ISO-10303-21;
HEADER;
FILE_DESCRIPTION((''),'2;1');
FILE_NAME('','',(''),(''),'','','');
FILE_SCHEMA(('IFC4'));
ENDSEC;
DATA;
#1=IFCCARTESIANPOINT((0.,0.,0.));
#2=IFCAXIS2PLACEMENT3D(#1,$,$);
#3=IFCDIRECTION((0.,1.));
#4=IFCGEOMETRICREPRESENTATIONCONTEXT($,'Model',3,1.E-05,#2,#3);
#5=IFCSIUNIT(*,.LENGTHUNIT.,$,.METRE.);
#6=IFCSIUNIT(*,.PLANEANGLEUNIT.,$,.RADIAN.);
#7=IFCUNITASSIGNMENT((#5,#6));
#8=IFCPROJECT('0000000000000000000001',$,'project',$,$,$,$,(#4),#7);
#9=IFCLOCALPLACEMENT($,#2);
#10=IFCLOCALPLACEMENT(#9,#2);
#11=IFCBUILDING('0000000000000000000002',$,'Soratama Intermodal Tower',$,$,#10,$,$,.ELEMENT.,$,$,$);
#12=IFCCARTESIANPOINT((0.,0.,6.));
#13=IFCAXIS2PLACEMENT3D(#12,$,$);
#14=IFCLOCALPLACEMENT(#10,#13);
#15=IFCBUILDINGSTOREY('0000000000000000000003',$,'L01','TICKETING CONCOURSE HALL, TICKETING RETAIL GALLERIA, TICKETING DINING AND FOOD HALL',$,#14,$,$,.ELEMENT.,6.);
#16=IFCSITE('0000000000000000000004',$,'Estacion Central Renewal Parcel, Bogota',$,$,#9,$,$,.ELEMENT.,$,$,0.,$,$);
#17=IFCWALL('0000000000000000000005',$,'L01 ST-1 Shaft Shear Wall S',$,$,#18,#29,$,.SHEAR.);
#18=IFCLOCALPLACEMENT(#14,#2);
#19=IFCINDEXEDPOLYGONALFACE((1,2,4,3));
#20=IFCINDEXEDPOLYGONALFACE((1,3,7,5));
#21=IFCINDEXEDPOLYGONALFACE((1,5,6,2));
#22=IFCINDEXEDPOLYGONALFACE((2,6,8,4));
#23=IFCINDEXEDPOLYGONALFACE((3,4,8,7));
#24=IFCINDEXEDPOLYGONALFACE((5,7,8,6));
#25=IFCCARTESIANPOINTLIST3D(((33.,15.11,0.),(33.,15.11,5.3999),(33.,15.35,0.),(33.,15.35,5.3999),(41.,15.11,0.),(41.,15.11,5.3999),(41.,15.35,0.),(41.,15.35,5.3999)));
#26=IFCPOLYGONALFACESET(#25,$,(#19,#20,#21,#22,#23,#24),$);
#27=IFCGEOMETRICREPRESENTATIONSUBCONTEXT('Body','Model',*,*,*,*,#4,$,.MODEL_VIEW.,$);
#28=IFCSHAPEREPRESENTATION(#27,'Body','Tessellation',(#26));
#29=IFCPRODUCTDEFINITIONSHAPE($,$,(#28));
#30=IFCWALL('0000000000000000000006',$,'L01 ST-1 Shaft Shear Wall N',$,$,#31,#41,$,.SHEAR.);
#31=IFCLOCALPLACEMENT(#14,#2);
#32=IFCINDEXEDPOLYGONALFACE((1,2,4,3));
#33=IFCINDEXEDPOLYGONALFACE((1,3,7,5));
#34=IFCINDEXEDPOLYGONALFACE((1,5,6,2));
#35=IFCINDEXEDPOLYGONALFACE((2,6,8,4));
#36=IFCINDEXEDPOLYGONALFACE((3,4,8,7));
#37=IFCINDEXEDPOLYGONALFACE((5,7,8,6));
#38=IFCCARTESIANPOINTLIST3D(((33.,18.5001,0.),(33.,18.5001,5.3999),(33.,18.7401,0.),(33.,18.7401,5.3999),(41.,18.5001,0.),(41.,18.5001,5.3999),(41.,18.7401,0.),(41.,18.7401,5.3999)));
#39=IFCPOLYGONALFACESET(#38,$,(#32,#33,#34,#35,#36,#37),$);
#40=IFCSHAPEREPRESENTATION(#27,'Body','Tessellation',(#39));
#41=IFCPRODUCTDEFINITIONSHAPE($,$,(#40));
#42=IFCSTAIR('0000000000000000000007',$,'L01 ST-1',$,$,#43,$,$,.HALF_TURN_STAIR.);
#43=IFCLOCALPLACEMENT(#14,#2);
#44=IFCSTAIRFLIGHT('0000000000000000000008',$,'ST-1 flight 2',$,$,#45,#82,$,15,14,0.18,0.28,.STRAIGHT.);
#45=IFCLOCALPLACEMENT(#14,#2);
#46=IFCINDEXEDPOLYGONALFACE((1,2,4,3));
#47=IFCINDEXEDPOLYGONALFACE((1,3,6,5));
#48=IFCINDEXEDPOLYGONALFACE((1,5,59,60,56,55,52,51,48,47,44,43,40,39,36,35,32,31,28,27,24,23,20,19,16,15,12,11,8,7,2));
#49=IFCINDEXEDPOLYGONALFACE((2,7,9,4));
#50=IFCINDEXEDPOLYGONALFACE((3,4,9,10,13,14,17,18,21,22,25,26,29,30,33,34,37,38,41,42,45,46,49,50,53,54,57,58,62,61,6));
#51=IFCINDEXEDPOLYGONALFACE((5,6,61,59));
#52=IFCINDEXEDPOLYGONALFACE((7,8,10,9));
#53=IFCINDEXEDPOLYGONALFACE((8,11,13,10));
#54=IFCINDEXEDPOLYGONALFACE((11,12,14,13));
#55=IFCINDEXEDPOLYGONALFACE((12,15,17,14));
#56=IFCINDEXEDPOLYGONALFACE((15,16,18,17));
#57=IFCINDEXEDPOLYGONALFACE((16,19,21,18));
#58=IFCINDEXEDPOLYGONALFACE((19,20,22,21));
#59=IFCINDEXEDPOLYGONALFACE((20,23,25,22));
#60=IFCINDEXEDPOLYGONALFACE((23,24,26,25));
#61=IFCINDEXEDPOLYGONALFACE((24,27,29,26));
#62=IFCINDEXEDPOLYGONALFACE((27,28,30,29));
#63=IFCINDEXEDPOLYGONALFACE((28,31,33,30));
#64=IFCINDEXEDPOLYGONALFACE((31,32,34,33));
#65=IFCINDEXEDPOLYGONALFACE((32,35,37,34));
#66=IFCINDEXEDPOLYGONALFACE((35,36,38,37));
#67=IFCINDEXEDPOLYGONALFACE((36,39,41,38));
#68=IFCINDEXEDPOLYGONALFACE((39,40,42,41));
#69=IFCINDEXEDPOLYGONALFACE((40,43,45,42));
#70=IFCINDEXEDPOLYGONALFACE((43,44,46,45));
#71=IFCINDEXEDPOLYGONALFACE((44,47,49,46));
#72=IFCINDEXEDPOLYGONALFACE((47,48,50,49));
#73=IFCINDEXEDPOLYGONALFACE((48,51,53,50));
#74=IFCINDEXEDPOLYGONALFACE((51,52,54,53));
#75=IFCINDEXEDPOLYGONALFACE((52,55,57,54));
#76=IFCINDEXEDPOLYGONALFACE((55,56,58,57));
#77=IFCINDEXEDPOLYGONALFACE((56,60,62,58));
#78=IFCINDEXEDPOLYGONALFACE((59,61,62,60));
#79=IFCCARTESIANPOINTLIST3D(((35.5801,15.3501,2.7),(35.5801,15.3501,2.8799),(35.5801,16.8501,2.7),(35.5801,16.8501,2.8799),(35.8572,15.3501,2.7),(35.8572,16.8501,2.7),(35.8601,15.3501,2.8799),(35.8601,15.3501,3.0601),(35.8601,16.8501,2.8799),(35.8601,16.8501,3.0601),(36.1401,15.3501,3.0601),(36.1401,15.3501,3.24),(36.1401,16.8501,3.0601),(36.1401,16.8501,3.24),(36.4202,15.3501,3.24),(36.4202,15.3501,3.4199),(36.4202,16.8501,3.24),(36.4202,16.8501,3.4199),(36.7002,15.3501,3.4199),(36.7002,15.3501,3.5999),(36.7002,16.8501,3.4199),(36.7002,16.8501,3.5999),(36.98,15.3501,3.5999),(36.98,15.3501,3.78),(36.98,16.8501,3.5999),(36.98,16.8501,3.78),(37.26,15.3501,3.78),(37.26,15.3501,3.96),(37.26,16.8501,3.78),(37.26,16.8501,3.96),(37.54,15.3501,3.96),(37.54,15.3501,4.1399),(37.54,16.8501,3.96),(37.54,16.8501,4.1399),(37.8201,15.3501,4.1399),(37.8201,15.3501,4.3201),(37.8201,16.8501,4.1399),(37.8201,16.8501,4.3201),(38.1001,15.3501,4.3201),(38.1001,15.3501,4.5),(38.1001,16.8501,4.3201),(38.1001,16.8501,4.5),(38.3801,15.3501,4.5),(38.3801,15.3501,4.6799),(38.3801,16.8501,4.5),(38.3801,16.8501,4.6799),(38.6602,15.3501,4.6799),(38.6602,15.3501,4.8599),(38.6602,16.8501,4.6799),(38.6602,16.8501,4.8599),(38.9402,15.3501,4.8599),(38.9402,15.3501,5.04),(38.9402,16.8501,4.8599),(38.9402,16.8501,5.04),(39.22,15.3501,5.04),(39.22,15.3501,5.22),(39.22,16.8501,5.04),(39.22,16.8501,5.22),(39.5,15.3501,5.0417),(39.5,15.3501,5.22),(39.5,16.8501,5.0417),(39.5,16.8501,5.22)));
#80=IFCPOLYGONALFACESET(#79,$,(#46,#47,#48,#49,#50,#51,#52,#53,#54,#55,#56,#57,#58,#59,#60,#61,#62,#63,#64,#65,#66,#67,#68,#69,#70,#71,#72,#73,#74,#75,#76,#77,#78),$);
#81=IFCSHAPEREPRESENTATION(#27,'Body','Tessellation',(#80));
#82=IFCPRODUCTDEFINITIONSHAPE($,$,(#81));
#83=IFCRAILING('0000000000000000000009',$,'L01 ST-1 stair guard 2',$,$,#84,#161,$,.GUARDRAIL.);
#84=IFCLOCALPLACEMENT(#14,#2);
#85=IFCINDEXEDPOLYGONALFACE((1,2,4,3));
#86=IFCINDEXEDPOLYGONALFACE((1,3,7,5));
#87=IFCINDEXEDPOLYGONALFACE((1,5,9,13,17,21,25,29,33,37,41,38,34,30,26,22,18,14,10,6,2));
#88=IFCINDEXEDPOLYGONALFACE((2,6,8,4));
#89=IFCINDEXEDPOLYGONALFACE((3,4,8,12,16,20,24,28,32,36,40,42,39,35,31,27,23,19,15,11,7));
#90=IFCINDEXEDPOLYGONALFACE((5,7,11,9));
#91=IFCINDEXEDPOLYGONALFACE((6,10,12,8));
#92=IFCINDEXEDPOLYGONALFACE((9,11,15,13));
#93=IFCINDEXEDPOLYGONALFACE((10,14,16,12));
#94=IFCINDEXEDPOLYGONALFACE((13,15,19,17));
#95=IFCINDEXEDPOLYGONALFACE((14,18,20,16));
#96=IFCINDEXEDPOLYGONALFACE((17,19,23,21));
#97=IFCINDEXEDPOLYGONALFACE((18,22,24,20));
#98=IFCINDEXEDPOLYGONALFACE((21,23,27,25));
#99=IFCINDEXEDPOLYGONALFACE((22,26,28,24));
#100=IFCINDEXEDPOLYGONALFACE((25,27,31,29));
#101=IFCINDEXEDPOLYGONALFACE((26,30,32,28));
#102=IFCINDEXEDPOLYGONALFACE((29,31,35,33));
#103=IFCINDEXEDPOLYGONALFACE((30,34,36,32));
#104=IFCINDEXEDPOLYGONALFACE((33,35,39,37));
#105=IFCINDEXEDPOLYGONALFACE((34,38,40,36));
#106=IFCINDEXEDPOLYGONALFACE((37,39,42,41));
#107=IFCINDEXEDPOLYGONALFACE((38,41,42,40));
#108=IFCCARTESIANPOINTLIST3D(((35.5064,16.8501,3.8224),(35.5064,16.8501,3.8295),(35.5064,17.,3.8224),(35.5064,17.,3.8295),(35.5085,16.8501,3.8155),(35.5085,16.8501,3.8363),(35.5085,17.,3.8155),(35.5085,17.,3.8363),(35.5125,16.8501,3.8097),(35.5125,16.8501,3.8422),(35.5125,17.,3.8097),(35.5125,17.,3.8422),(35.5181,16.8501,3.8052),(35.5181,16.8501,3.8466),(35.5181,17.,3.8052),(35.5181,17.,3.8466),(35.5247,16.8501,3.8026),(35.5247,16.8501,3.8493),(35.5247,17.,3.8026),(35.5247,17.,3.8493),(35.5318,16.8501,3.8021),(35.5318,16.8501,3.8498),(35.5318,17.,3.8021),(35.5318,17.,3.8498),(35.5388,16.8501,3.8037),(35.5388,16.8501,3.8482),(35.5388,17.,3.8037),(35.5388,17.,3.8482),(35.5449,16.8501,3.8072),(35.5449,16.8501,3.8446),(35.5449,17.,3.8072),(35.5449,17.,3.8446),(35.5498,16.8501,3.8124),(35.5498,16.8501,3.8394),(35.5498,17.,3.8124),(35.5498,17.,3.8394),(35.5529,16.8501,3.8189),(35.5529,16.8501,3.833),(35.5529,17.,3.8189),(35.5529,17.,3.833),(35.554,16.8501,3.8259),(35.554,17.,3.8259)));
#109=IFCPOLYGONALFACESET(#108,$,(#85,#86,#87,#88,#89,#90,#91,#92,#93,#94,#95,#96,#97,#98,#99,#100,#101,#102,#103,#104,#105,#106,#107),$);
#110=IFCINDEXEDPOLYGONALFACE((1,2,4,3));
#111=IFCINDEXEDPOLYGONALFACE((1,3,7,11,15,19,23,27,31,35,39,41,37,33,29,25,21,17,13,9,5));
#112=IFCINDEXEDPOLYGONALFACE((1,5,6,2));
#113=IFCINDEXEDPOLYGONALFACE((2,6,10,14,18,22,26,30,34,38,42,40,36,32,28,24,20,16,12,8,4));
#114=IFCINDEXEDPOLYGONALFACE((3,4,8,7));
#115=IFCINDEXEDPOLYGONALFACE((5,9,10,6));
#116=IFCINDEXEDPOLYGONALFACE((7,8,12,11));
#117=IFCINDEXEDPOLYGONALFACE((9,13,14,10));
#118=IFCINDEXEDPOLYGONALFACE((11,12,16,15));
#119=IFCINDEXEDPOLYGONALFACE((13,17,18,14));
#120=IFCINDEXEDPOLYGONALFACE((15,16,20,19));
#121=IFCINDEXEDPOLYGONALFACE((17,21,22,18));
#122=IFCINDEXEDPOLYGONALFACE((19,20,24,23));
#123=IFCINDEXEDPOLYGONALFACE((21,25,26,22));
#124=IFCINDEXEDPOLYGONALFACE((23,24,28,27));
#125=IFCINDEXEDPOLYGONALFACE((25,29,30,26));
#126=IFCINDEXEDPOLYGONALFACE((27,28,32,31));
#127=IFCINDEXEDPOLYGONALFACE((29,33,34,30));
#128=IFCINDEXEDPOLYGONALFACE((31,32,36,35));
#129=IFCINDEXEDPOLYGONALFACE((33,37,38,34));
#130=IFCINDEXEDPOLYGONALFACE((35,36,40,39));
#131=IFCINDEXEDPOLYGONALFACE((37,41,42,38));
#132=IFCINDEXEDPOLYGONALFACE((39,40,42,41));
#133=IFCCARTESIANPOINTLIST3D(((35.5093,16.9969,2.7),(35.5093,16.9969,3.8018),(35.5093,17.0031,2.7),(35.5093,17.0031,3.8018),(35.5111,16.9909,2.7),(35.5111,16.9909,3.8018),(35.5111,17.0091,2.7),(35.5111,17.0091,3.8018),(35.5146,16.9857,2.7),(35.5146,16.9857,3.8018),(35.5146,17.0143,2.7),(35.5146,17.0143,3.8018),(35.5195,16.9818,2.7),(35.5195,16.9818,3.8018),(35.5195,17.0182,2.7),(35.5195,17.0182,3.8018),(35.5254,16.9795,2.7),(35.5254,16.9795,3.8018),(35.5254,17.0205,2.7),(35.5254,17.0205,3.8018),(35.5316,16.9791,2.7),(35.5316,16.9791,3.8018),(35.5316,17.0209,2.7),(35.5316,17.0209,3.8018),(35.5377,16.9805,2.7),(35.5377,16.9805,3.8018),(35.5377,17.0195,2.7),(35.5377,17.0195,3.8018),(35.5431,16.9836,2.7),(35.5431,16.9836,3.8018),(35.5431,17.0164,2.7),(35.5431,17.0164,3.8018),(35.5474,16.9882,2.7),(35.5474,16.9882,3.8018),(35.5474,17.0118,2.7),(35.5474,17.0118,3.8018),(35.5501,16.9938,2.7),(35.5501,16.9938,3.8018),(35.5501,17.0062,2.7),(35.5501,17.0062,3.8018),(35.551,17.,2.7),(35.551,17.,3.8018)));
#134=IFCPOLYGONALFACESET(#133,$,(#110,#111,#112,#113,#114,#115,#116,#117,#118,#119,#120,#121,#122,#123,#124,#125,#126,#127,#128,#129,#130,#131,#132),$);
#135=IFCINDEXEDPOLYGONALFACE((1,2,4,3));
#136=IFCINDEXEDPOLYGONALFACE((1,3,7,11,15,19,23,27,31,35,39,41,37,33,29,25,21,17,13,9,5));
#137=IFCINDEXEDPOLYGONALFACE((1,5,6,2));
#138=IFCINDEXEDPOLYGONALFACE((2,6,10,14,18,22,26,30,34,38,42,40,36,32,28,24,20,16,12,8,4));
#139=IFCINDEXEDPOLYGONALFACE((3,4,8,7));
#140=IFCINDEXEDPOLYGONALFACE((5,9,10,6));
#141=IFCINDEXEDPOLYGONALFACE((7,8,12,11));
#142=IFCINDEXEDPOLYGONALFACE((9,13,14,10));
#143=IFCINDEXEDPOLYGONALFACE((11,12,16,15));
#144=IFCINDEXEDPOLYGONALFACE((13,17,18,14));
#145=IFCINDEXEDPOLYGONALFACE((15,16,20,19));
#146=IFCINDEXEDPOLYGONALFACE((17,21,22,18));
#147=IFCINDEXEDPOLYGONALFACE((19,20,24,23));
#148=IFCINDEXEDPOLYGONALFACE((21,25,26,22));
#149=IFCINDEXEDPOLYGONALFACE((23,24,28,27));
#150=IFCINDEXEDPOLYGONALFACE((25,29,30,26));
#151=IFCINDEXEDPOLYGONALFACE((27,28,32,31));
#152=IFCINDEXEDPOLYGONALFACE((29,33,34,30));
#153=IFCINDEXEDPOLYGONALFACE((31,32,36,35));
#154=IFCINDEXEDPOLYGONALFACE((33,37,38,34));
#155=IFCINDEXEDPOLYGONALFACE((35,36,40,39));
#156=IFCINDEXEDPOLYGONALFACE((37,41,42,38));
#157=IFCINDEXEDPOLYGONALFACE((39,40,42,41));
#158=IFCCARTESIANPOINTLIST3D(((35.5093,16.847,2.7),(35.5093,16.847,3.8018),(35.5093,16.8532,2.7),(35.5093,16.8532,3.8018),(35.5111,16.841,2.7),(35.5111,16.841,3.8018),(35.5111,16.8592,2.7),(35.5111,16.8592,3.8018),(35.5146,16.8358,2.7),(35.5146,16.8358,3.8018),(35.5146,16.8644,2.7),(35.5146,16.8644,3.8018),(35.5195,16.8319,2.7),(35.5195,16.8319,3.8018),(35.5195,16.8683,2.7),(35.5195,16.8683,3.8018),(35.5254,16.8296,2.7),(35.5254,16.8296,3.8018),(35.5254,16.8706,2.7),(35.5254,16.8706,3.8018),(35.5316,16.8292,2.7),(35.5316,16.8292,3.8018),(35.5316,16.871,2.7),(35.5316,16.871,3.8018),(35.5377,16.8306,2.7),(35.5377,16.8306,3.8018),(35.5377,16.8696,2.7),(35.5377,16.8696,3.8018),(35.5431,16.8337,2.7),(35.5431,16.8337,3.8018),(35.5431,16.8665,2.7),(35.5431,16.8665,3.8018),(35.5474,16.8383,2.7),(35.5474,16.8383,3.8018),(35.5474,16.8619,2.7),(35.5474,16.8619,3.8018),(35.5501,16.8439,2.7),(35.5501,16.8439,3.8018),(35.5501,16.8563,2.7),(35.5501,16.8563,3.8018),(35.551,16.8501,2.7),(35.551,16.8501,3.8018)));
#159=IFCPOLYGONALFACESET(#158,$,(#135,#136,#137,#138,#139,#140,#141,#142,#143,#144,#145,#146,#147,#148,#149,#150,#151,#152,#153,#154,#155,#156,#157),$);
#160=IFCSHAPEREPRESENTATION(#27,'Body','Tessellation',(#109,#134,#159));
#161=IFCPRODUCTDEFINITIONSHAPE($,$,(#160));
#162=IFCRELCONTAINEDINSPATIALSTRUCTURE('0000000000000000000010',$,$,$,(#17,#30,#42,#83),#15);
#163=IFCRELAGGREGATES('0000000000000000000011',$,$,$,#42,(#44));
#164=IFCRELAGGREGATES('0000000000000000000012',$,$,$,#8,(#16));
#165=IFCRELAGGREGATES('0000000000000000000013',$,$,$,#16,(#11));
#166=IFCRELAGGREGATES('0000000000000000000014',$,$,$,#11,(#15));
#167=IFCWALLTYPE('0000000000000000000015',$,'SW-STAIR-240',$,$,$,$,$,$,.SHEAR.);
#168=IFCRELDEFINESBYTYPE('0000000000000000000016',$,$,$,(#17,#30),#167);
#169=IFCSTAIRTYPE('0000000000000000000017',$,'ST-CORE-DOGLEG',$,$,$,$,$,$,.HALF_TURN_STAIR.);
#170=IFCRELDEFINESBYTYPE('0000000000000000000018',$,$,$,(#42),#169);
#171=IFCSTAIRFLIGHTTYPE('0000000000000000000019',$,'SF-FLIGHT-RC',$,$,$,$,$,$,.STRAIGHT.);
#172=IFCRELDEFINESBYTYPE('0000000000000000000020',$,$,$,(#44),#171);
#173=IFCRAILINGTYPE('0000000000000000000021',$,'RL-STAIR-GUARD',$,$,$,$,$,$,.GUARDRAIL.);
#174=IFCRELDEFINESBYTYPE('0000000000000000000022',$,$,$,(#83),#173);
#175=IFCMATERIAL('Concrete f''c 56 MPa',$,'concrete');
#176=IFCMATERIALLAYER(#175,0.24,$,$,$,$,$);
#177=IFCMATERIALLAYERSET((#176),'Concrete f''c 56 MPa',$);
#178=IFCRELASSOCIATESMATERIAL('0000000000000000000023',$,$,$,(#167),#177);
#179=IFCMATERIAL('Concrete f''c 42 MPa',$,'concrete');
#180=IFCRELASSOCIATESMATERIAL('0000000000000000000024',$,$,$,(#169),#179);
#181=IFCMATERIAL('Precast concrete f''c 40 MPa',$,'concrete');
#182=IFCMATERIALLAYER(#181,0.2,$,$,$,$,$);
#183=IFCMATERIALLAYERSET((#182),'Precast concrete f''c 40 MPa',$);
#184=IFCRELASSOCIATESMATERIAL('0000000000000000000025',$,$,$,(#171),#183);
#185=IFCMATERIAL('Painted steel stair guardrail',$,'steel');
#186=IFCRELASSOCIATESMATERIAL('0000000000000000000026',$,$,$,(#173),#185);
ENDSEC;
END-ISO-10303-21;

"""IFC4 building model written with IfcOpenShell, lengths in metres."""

from ifc_helpers import new_model, si_unit, direction, frame, frame_2d, origin, origin_2d, place, context, subcontext, project, spatial, polyline, rectangle, circle, outline, extrude, material, layer, layer_set, type_object, element, aggregate, save


model = new_model("IFC4")

# Units and contexts
model_context = context("Model", 3, precision=1e-05, world=origin(), true_north=direction((0.0, 1.0)))
body_context = subcontext(model_context, "Body", "Model", "MODEL_VIEW")
ifc_project = project(units=[si_unit("LENGTHUNIT", "METRE"), si_unit("PLANEANGLEUNIT", "RADIAN")], contexts=[model_context])

# Site, building, storey
site_placement = place(None, origin())
site = spatial("IfcSite", under=ifc_project, at=site_placement, Name="Estacion Central Renewal Parcel, Bogota", CompositionType="ELEMENT", RefElevation=0.0)
building_placement = place(site_placement, origin())
building = spatial("IfcBuilding", under=site, at=building_placement, Name="Soratama Intermodal Tower", CompositionType="ELEMENT")
storey_placement = place(building_placement, frame((0.0, 0.0, 6.0)))
storey = spatial("IfcBuildingStorey", under=building, at=storey_placement, Name="L01", Description="TICKETING CONCOURSE HALL, TICKETING RETAIL GALLERIA, TICKETING DINING AND FOOD HALL", CompositionType="ELEMENT", Elevation=6.0)

# Walls
ifc_material_1 = material(Name="Concrete f'c 56 MPa", Category="concrete")
ifc_layer_1 = layer(ifc_material_1, 0.24)
ifc_layer_set_1 = layer_set([ifc_layer_1], Name="Concrete f'c 56 MPa")
wall_type_1 = type_object("IfcWallType", Name="SW-STAIR-240", PredefinedType="SHEAR", material=ifc_layer_set_1)
for number, where, z_axis, x_axis, name in (
    (1, (33.0, 15.23, 0.0), (0.0, 0.0, 1.0), (1.0, 0.0, 0.0), "L01 ST-1 Shaft Shear Wall S"),
    (2, (33.0, 18.6201, 0.0), (0.0, 0.0, 1.0), (1.0, 0.0, 0.0), "L01 ST-1 Shaft Shear Wall N"),
):
    element("IfcWall", number, at=place(storey_placement, frame(where, z_axis=z_axis, x_axis=x_axis)), inside=storey, type_object=wall_type_1, Name=name, PredefinedType="SHEAR", context=body_context, shape_type="SweptSolid", body=[
        extrude(rectangle(XDim=8.0, YDim=0.24, at=frame_2d((4.0, 0.0))), origin(), (0.0, 0.0, 1.0), 5.3999),
    ])

# Stair, stair flight
ifc_material_2 = material(Name="Concrete f'c 42 MPa", Category="concrete")
stair_type = type_object("IfcStairType", Name="ST-CORE-DOGLEG", PredefinedType="HALF_TURN_STAIR", material=ifc_material_2)
stair_placement = place(storey_placement, origin())
stair = element("IfcStair", 3, at=stair_placement, inside=storey, type_object=stair_type, Name="L01 ST-1", PredefinedType="HALF_TURN_STAIR")
ifc_material_3 = material(Name="Precast concrete f'c 40 MPa", Category="concrete")
ifc_layer_2 = layer(ifc_material_3, 0.2)
ifc_layer_set_2 = layer_set([ifc_layer_2], Name="Precast concrete f'c 40 MPa")
stair_flight_type = type_object("IfcStairFlightType", Name="SF-FLIGHT-RC", PredefinedType="STRAIGHT", material=ifc_layer_set_2)
stair_flight_placement = place(storey_placement, frame((35.5801, 16.1001, 2.7), z_axis=(0.0, 0.0, 1.0), x_axis=(1.0, 0.0, 0.0)))
stair_flight = element("IfcStairFlight", 4, at=stair_flight_placement, type_object=stair_flight_type, Name="ST-1 flight 2", NumberOfRisers=15, NumberOfTreads=14, PredefinedType="STRAIGHT", RiserHeight=0.18, TreadLength=0.28, context=body_context, shape_type="SweptSolid", body=[
    extrude(outline(polyline([(0.0, 0.0), (0.0, 0.1799), (0.28, 0.1799), (0.28, 0.3601), (0.5601, 0.3601), (0.5601, 0.54), (0.8401, 0.54), (0.8401, 0.72), (1.1201, 0.72), (1.1201, 0.8999), (1.3999, 0.8999), (1.3999, 1.0801), (1.6799, 1.0801), (1.6799, 1.26), (1.96, 1.26), (1.96, 1.4399), (2.24, 1.4399), (2.24, 1.6201), (2.52, 1.6201), (2.52, 1.8), (2.8, 1.8), (2.8, 1.98), (3.0801, 1.98), (3.0801, 2.1599), (3.3601, 2.1599), (3.3601, 2.3401), (3.6399, 2.3401), (3.6399, 2.52), (3.9199, 2.52), (3.9199, 2.7), (3.9199, 2.3418), (0.2771, 0.0), (0.0, 0.0)])), frame((0.0, 0.75, 0.0), z_axis=(0.0, -1.0, 0.0), x_axis=(1.0, 0.0, 0.0)), (0.0, 0.0, 1.0), 1.5),
])
aggregate(stair, [stair_flight])

# Railing
ifc_material_4 = material(Name="Painted steel stair guardrail", Category="steel")
railing_type_1 = type_object("IfcRailingType", Name="RL-STAIR-GUARD", PredefinedType="GUARDRAIL", material=ifc_material_4)
railing_1_placement = place(storey_placement, frame((35.53, 17.0, 2.7)))
element("IfcRailing", 5, at=railing_1_placement, inside=storey, type_object=railing_type_1, Name="L01 ST-1 stair guard 2", PredefinedType="GUARDRAIL", context=body_context, shape_type="SweptSolid", body=[
    extrude(circle(Radius=0.0239, at=origin_2d()), frame((0.0, 0.0, 1.126), z_axis=(0.0, -1.0, 0.0), x_axis=(1.0, 0.0, 0.0)), (0.0, 0.0, 1.0), 0.1499),
    extrude(circle(Radius=0.021, at=origin_2d()), origin(), (0.0, 0.0, 1.0), 1.1018),
    extrude(circle(Radius=0.021, at=origin_2d()), frame((0.0, -0.1499, 0.0)), (0.0, 0.0, 1.0), 1.1018),
])

save(model, "model.ifc")
